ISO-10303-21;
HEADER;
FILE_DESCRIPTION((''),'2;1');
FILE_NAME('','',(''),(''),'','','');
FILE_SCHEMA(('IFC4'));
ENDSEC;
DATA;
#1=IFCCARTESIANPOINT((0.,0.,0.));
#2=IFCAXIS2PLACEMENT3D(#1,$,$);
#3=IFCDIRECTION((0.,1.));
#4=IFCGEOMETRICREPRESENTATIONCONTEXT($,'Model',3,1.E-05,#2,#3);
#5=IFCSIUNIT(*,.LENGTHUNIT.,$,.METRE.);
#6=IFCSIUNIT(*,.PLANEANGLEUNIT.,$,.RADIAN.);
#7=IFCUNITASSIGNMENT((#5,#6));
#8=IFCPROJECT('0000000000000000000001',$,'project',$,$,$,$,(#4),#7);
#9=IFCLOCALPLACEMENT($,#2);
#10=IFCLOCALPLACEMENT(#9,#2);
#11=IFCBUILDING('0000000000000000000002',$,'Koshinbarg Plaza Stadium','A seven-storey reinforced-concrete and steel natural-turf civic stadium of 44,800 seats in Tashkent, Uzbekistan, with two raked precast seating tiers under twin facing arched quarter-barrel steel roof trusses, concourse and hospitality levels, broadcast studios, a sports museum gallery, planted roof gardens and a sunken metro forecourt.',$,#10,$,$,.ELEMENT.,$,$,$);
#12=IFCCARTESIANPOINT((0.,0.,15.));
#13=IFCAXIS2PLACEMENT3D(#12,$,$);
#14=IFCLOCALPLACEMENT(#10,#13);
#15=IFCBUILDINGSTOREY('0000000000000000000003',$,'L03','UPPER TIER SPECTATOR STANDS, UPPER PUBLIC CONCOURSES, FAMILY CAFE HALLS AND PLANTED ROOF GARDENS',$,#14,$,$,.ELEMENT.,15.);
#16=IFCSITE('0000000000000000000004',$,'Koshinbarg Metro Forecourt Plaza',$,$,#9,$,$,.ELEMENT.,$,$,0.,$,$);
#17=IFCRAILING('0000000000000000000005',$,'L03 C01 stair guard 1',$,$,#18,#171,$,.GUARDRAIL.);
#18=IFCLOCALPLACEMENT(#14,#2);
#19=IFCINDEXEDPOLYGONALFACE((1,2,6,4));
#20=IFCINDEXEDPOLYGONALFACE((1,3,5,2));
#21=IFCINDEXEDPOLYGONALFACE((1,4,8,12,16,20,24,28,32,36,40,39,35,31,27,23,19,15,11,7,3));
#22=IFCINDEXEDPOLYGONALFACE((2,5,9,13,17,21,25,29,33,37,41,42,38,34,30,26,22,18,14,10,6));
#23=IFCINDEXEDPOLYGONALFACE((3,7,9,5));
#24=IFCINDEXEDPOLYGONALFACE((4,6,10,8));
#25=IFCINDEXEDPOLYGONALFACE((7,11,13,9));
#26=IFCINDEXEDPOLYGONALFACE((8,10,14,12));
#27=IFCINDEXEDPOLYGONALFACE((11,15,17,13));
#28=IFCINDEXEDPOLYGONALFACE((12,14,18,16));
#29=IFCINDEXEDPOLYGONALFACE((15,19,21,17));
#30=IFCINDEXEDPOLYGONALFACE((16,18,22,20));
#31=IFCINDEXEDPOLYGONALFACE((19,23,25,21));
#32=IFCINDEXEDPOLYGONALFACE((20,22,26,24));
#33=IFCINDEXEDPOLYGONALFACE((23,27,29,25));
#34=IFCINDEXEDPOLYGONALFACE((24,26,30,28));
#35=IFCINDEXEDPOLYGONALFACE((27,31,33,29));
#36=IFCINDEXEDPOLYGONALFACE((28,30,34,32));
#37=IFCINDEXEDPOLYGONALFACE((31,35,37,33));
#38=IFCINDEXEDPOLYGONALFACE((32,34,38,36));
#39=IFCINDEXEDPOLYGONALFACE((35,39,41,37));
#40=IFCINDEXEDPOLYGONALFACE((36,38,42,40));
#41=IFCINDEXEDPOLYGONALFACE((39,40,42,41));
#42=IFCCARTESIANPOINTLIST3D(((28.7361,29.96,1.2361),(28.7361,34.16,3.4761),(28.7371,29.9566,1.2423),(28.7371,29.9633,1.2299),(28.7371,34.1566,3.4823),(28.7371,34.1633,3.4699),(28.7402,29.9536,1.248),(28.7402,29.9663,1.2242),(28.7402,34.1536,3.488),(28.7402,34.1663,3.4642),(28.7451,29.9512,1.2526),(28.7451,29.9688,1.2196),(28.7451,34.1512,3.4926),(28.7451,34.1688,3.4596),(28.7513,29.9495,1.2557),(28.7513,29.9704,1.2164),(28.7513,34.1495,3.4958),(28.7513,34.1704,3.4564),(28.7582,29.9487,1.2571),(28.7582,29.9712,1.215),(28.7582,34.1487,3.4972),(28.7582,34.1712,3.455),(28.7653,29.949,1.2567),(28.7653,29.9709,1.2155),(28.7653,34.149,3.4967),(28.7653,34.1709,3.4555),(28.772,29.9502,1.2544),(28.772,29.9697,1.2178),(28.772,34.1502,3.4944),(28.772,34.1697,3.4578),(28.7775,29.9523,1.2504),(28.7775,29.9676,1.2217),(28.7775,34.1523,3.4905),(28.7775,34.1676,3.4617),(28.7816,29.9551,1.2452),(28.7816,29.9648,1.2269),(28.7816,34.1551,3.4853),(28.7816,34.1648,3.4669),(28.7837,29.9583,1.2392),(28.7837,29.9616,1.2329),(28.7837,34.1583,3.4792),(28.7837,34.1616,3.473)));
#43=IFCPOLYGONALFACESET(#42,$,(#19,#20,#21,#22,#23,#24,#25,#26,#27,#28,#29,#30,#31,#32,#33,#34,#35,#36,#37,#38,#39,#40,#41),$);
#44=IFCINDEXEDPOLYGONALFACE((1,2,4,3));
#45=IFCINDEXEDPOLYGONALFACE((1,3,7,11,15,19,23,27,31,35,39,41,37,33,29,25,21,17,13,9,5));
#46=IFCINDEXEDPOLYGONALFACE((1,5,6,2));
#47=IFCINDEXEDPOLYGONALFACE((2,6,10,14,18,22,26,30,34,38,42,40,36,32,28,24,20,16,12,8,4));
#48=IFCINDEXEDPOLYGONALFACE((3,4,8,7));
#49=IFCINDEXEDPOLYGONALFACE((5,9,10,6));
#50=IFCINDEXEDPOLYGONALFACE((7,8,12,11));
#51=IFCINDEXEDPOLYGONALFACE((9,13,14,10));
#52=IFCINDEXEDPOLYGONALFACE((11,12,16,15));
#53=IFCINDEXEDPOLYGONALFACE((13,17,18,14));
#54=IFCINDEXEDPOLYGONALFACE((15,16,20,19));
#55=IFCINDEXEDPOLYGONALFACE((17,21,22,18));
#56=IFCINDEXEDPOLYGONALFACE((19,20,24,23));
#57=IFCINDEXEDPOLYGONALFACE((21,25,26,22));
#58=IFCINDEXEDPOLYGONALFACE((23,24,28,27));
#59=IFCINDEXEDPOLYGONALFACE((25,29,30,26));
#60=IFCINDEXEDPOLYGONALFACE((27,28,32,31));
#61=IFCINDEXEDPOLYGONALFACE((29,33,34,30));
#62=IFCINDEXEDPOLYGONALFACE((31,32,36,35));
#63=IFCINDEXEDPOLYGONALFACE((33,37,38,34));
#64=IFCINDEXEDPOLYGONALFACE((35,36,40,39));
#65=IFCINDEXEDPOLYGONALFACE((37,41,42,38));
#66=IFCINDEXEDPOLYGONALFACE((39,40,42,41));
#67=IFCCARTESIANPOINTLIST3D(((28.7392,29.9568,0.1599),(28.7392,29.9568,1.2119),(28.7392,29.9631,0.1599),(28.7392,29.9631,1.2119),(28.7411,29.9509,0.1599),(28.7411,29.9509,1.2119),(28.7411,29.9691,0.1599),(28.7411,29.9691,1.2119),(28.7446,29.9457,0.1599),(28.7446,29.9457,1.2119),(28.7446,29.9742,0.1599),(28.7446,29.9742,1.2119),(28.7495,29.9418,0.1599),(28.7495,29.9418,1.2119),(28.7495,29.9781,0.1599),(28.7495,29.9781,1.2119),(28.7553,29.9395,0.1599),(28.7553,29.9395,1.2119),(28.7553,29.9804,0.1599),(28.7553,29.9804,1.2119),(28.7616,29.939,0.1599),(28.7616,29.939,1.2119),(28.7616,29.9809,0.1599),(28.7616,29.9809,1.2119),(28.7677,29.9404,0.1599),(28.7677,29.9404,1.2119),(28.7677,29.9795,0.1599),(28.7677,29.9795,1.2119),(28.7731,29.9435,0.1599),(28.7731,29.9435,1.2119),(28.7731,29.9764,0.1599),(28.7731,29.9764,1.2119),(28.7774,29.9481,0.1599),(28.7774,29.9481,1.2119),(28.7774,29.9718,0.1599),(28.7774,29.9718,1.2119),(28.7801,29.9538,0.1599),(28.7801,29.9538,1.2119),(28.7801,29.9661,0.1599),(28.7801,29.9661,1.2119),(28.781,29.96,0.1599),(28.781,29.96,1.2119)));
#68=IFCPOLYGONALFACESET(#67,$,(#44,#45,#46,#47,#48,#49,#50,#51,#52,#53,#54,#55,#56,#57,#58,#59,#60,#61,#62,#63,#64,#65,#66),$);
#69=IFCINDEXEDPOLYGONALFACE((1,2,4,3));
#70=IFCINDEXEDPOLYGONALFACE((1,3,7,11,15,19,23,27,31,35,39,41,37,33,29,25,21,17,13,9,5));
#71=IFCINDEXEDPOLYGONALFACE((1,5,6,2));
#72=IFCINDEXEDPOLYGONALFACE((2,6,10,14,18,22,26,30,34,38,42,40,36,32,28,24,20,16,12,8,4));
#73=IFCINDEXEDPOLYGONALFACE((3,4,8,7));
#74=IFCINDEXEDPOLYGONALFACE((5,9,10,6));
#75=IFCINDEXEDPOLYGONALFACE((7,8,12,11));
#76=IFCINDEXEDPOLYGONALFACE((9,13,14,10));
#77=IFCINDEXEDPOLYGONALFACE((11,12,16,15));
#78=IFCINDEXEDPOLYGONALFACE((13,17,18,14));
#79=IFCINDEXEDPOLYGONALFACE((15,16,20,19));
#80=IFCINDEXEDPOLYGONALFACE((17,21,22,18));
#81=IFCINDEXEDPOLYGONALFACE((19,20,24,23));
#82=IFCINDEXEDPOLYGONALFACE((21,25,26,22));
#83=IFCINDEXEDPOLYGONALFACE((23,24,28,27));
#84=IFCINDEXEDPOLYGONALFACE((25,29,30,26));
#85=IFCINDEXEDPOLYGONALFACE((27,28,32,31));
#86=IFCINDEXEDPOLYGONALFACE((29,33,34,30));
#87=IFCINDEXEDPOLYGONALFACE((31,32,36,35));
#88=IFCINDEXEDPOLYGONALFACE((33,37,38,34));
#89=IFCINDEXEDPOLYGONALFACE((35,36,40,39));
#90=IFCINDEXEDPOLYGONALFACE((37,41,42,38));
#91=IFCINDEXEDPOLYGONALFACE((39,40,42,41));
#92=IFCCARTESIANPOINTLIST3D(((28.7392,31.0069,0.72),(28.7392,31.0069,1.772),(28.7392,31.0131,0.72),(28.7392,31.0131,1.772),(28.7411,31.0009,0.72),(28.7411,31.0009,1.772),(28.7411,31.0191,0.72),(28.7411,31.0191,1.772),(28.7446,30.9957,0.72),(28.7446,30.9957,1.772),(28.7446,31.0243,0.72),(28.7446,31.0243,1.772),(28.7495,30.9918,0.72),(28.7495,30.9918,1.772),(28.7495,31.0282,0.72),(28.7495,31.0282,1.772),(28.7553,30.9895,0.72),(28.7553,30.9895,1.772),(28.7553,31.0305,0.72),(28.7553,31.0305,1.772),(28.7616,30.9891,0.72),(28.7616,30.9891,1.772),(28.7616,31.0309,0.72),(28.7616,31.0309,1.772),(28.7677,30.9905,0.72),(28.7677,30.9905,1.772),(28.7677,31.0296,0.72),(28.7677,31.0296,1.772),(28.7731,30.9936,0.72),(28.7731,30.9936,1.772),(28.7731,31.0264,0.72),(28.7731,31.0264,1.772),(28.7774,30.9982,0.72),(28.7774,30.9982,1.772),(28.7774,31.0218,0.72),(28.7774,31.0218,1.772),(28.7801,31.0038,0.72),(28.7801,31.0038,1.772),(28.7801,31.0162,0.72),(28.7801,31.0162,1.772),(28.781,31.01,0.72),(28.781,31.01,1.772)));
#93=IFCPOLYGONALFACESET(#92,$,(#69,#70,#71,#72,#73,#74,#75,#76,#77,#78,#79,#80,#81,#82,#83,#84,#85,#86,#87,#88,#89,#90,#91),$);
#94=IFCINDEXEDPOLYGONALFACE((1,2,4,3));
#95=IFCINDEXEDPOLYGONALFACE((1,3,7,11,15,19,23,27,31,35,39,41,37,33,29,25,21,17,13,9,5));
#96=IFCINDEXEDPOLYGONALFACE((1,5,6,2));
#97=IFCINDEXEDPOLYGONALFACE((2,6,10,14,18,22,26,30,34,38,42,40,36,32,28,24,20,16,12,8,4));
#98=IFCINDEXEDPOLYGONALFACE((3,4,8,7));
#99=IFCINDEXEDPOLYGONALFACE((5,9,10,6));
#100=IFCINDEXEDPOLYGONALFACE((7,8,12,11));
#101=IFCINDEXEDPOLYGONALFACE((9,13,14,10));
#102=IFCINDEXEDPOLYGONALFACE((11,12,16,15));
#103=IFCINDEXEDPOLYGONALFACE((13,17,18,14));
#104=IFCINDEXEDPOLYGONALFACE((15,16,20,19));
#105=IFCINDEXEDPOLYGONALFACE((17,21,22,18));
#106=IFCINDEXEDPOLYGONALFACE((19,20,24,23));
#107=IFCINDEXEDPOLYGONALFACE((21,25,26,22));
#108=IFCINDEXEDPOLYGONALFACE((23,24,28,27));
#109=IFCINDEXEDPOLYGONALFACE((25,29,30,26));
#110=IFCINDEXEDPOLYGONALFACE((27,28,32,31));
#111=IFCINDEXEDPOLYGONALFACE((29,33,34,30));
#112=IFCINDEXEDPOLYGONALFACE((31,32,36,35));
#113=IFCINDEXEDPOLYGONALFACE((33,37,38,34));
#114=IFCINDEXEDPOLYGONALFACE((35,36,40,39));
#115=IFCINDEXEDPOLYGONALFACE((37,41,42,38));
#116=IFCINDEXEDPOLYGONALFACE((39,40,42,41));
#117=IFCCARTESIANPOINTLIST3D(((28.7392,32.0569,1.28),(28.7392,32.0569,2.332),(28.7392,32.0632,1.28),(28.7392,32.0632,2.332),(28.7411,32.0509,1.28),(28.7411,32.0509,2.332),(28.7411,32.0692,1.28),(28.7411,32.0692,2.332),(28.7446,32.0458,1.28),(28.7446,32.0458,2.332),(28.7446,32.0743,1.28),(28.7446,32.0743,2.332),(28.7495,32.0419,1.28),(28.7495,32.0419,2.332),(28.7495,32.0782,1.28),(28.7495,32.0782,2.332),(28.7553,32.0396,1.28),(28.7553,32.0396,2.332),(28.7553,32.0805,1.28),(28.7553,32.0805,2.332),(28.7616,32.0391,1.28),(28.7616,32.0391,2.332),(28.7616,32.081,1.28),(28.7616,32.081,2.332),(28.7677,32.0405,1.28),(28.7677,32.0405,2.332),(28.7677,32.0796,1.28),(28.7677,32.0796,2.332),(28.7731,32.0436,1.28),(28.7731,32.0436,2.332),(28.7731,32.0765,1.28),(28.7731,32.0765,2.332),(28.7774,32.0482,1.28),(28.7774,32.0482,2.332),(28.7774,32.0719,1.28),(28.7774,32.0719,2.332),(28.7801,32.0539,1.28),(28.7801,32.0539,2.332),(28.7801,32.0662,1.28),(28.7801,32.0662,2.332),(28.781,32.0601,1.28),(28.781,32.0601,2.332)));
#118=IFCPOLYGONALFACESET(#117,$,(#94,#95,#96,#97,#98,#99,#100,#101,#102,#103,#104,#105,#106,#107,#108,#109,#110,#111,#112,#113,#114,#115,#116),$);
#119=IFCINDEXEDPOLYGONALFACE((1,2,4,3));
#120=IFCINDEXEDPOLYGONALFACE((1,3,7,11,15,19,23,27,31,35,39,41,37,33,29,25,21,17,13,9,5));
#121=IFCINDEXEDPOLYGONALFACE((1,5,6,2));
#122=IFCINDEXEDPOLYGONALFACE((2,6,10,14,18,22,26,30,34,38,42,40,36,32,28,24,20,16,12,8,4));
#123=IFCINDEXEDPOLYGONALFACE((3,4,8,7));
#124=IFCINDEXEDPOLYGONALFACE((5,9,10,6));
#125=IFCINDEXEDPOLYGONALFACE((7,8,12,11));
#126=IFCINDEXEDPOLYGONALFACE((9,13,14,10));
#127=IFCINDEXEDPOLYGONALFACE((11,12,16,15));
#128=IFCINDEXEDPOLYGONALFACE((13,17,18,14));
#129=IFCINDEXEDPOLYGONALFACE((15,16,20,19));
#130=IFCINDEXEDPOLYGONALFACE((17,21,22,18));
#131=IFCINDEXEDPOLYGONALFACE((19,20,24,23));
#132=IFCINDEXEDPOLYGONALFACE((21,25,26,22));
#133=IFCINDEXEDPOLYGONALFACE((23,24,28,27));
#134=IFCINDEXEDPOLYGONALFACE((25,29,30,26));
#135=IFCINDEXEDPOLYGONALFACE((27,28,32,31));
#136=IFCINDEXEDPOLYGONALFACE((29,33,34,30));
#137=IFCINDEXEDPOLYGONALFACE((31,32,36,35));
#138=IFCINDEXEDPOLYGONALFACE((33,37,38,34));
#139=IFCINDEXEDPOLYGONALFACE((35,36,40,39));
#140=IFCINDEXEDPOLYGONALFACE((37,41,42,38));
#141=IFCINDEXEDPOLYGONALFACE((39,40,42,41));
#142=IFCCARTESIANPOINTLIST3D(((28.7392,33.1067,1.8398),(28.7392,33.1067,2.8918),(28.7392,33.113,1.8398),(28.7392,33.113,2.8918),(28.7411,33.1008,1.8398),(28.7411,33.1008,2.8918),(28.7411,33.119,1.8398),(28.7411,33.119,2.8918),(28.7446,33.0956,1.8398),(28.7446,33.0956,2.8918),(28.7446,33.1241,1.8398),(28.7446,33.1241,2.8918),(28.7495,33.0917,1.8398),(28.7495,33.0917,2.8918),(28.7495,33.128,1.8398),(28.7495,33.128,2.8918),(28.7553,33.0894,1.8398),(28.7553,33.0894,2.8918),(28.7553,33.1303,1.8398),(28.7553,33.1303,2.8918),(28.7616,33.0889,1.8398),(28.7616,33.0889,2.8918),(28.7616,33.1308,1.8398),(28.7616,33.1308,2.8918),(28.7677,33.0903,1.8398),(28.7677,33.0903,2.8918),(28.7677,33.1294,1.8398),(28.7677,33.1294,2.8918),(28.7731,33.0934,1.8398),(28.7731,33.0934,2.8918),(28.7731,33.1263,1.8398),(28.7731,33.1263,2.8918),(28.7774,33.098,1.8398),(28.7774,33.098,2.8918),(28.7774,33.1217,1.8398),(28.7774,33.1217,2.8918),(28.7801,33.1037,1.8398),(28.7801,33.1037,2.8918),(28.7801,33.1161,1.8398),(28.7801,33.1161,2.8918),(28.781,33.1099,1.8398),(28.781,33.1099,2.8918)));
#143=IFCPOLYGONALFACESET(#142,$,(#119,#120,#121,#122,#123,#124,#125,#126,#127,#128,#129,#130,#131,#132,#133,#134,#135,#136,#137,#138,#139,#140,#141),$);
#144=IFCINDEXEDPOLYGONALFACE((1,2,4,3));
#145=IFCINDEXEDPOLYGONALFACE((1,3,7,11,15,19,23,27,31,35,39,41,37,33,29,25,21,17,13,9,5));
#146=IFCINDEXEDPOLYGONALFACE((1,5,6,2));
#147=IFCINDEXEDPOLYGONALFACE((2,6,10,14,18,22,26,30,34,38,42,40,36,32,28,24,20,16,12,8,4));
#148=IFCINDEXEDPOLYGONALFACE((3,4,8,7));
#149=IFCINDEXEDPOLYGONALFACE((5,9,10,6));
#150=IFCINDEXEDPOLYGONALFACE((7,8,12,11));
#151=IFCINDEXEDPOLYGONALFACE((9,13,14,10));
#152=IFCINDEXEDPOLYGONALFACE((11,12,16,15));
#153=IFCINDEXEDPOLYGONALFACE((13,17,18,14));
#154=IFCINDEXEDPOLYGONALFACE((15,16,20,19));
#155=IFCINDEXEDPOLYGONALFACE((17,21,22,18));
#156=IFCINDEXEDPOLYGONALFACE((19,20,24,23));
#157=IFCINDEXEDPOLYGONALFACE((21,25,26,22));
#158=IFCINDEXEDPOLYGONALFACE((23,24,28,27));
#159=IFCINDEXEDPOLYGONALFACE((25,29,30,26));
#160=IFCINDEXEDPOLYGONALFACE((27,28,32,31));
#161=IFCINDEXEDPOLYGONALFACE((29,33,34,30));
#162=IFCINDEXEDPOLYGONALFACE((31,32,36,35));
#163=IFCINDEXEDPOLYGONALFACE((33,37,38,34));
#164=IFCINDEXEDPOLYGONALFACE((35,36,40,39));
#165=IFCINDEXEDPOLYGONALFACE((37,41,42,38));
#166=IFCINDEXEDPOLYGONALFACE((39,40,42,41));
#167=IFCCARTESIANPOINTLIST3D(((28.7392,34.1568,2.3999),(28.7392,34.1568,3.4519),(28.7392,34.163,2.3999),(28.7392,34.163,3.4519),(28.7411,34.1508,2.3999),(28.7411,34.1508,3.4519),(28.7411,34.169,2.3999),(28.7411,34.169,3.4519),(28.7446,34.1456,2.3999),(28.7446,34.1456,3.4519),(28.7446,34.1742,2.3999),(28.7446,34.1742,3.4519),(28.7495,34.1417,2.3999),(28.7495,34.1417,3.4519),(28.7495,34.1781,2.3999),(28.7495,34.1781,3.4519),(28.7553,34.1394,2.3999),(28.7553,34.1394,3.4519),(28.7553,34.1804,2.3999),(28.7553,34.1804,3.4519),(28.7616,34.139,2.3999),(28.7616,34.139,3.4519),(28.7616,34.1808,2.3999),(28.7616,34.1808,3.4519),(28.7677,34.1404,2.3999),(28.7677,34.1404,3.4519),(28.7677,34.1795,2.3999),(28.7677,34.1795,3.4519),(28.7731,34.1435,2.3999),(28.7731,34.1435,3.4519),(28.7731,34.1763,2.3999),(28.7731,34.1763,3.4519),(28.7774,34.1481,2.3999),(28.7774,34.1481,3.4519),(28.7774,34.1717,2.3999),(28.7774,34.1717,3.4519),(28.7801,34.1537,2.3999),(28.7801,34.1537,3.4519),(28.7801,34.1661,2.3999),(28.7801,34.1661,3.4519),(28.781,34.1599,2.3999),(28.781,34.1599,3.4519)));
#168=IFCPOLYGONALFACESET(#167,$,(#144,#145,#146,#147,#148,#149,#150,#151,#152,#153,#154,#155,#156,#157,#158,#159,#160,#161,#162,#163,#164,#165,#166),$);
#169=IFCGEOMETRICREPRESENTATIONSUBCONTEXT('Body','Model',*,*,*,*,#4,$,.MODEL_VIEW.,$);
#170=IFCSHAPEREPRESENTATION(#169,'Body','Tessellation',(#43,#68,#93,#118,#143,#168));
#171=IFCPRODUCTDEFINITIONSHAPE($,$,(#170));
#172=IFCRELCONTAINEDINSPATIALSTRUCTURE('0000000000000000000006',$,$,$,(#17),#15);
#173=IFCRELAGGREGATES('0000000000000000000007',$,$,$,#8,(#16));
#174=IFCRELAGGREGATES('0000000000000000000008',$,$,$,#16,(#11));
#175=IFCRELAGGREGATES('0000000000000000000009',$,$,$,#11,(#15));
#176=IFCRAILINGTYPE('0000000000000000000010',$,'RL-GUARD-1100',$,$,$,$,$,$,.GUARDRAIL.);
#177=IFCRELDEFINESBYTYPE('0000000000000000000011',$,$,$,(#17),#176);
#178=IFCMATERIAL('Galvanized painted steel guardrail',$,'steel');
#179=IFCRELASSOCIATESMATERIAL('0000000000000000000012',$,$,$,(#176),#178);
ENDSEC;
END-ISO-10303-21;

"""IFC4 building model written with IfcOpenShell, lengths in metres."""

from ifc_helpers import new_model, si_unit, direction, frame, origin, origin_2d, place, context, subcontext, project, spatial, circle, extrude, material, type_object, element, save


model = new_model("IFC4")

# Units and contexts
model_context = context("Model", 3, precision=1e-05, world=origin(), true_north=direction((0.0, 1.0)))
body_context = subcontext(model_context, "Body", "Model", "MODEL_VIEW")
ifc_project = project(units=[si_unit("LENGTHUNIT", "METRE"), si_unit("PLANEANGLEUNIT", "RADIAN")], contexts=[model_context])

# Site, building, storey
site_placement = place(None, origin())
site = spatial("IfcSite", under=ifc_project, at=site_placement, Name="Koshinbarg Metro Forecourt Plaza", CompositionType="ELEMENT", RefElevation=0.0)
building_placement = place(site_placement, origin())
building = spatial("IfcBuilding", under=site, at=building_placement, Name="Koshinbarg Plaza Stadium", Description="A seven-storey reinforced-concrete and steel natural-turf civic stadium of 44,800 seats in Tashkent, Uzbekistan, with two raked precast seating tiers under twin facing arched quarter-barrel steel roof trusses, concourse and hospitality levels, broadcast studios, a sports museum gallery, planted roof gardens and a sunken metro forecourt.", CompositionType="ELEMENT")
storey_placement = place(building_placement, frame((0.0, 0.0, 15.0)))
storey = spatial("IfcBuildingStorey", under=building, at=storey_placement, Name="L03", Description="UPPER TIER SPECTATOR STANDS, UPPER PUBLIC CONCOURSES, FAMILY CAFE HALLS AND PLANTED ROOF GARDENS", CompositionType="ELEMENT", Elevation=15.0)

# Railing
ifc_material_1 = material(Name="Galvanized painted steel guardrail", Category="steel")
railing_type_1 = type_object("IfcRailingType", Name="RL-GUARD-1100", PredefinedType="GUARDRAIL", material=ifc_material_1)
railing_1_placement = place(storey_placement, frame((28.76, 29.96, 0.1599)))
element("IfcRailing", 1, at=railing_1_placement, inside=storey, type_object=railing_type_1, Name="L03 C01 stair guard 1", PredefinedType="GUARDRAIL", context=body_context, shape_type="SweptSolid", body=[
    extrude(circle(Radius=0.0239, at=origin_2d()), frame((0.0, 0.0, 1.0762), z_axis=(0.0, 0.882352, 0.470591), x_axis=(-1.0, 0.0, 0.0)), (0.0, 0.0, 1.0), 4.76),
    extrude(circle(Radius=0.021, at=origin_2d()), origin(), (0.0, 0.0, 1.0), 1.052),
    extrude(circle(Radius=0.021, at=origin_2d()), frame((0.0, 1.05, 0.5601)), (0.0, 0.0, 1.0), 1.052),
    extrude(circle(Radius=0.021, at=origin_2d()), frame((0.0, 2.1001, 1.1201)), (0.0, 0.0, 1.0), 1.052),
    extrude(circle(Radius=0.021, at=origin_2d()), frame((0.0, 3.1499, 1.6799)), (0.0, 0.0, 1.0), 1.052),
    extrude(circle(Radius=0.021, at=origin_2d()), frame((0.0, 4.2, 2.24)), (0.0, 0.0, 1.0), 1.052),
])

save(model, "model.ifc")
